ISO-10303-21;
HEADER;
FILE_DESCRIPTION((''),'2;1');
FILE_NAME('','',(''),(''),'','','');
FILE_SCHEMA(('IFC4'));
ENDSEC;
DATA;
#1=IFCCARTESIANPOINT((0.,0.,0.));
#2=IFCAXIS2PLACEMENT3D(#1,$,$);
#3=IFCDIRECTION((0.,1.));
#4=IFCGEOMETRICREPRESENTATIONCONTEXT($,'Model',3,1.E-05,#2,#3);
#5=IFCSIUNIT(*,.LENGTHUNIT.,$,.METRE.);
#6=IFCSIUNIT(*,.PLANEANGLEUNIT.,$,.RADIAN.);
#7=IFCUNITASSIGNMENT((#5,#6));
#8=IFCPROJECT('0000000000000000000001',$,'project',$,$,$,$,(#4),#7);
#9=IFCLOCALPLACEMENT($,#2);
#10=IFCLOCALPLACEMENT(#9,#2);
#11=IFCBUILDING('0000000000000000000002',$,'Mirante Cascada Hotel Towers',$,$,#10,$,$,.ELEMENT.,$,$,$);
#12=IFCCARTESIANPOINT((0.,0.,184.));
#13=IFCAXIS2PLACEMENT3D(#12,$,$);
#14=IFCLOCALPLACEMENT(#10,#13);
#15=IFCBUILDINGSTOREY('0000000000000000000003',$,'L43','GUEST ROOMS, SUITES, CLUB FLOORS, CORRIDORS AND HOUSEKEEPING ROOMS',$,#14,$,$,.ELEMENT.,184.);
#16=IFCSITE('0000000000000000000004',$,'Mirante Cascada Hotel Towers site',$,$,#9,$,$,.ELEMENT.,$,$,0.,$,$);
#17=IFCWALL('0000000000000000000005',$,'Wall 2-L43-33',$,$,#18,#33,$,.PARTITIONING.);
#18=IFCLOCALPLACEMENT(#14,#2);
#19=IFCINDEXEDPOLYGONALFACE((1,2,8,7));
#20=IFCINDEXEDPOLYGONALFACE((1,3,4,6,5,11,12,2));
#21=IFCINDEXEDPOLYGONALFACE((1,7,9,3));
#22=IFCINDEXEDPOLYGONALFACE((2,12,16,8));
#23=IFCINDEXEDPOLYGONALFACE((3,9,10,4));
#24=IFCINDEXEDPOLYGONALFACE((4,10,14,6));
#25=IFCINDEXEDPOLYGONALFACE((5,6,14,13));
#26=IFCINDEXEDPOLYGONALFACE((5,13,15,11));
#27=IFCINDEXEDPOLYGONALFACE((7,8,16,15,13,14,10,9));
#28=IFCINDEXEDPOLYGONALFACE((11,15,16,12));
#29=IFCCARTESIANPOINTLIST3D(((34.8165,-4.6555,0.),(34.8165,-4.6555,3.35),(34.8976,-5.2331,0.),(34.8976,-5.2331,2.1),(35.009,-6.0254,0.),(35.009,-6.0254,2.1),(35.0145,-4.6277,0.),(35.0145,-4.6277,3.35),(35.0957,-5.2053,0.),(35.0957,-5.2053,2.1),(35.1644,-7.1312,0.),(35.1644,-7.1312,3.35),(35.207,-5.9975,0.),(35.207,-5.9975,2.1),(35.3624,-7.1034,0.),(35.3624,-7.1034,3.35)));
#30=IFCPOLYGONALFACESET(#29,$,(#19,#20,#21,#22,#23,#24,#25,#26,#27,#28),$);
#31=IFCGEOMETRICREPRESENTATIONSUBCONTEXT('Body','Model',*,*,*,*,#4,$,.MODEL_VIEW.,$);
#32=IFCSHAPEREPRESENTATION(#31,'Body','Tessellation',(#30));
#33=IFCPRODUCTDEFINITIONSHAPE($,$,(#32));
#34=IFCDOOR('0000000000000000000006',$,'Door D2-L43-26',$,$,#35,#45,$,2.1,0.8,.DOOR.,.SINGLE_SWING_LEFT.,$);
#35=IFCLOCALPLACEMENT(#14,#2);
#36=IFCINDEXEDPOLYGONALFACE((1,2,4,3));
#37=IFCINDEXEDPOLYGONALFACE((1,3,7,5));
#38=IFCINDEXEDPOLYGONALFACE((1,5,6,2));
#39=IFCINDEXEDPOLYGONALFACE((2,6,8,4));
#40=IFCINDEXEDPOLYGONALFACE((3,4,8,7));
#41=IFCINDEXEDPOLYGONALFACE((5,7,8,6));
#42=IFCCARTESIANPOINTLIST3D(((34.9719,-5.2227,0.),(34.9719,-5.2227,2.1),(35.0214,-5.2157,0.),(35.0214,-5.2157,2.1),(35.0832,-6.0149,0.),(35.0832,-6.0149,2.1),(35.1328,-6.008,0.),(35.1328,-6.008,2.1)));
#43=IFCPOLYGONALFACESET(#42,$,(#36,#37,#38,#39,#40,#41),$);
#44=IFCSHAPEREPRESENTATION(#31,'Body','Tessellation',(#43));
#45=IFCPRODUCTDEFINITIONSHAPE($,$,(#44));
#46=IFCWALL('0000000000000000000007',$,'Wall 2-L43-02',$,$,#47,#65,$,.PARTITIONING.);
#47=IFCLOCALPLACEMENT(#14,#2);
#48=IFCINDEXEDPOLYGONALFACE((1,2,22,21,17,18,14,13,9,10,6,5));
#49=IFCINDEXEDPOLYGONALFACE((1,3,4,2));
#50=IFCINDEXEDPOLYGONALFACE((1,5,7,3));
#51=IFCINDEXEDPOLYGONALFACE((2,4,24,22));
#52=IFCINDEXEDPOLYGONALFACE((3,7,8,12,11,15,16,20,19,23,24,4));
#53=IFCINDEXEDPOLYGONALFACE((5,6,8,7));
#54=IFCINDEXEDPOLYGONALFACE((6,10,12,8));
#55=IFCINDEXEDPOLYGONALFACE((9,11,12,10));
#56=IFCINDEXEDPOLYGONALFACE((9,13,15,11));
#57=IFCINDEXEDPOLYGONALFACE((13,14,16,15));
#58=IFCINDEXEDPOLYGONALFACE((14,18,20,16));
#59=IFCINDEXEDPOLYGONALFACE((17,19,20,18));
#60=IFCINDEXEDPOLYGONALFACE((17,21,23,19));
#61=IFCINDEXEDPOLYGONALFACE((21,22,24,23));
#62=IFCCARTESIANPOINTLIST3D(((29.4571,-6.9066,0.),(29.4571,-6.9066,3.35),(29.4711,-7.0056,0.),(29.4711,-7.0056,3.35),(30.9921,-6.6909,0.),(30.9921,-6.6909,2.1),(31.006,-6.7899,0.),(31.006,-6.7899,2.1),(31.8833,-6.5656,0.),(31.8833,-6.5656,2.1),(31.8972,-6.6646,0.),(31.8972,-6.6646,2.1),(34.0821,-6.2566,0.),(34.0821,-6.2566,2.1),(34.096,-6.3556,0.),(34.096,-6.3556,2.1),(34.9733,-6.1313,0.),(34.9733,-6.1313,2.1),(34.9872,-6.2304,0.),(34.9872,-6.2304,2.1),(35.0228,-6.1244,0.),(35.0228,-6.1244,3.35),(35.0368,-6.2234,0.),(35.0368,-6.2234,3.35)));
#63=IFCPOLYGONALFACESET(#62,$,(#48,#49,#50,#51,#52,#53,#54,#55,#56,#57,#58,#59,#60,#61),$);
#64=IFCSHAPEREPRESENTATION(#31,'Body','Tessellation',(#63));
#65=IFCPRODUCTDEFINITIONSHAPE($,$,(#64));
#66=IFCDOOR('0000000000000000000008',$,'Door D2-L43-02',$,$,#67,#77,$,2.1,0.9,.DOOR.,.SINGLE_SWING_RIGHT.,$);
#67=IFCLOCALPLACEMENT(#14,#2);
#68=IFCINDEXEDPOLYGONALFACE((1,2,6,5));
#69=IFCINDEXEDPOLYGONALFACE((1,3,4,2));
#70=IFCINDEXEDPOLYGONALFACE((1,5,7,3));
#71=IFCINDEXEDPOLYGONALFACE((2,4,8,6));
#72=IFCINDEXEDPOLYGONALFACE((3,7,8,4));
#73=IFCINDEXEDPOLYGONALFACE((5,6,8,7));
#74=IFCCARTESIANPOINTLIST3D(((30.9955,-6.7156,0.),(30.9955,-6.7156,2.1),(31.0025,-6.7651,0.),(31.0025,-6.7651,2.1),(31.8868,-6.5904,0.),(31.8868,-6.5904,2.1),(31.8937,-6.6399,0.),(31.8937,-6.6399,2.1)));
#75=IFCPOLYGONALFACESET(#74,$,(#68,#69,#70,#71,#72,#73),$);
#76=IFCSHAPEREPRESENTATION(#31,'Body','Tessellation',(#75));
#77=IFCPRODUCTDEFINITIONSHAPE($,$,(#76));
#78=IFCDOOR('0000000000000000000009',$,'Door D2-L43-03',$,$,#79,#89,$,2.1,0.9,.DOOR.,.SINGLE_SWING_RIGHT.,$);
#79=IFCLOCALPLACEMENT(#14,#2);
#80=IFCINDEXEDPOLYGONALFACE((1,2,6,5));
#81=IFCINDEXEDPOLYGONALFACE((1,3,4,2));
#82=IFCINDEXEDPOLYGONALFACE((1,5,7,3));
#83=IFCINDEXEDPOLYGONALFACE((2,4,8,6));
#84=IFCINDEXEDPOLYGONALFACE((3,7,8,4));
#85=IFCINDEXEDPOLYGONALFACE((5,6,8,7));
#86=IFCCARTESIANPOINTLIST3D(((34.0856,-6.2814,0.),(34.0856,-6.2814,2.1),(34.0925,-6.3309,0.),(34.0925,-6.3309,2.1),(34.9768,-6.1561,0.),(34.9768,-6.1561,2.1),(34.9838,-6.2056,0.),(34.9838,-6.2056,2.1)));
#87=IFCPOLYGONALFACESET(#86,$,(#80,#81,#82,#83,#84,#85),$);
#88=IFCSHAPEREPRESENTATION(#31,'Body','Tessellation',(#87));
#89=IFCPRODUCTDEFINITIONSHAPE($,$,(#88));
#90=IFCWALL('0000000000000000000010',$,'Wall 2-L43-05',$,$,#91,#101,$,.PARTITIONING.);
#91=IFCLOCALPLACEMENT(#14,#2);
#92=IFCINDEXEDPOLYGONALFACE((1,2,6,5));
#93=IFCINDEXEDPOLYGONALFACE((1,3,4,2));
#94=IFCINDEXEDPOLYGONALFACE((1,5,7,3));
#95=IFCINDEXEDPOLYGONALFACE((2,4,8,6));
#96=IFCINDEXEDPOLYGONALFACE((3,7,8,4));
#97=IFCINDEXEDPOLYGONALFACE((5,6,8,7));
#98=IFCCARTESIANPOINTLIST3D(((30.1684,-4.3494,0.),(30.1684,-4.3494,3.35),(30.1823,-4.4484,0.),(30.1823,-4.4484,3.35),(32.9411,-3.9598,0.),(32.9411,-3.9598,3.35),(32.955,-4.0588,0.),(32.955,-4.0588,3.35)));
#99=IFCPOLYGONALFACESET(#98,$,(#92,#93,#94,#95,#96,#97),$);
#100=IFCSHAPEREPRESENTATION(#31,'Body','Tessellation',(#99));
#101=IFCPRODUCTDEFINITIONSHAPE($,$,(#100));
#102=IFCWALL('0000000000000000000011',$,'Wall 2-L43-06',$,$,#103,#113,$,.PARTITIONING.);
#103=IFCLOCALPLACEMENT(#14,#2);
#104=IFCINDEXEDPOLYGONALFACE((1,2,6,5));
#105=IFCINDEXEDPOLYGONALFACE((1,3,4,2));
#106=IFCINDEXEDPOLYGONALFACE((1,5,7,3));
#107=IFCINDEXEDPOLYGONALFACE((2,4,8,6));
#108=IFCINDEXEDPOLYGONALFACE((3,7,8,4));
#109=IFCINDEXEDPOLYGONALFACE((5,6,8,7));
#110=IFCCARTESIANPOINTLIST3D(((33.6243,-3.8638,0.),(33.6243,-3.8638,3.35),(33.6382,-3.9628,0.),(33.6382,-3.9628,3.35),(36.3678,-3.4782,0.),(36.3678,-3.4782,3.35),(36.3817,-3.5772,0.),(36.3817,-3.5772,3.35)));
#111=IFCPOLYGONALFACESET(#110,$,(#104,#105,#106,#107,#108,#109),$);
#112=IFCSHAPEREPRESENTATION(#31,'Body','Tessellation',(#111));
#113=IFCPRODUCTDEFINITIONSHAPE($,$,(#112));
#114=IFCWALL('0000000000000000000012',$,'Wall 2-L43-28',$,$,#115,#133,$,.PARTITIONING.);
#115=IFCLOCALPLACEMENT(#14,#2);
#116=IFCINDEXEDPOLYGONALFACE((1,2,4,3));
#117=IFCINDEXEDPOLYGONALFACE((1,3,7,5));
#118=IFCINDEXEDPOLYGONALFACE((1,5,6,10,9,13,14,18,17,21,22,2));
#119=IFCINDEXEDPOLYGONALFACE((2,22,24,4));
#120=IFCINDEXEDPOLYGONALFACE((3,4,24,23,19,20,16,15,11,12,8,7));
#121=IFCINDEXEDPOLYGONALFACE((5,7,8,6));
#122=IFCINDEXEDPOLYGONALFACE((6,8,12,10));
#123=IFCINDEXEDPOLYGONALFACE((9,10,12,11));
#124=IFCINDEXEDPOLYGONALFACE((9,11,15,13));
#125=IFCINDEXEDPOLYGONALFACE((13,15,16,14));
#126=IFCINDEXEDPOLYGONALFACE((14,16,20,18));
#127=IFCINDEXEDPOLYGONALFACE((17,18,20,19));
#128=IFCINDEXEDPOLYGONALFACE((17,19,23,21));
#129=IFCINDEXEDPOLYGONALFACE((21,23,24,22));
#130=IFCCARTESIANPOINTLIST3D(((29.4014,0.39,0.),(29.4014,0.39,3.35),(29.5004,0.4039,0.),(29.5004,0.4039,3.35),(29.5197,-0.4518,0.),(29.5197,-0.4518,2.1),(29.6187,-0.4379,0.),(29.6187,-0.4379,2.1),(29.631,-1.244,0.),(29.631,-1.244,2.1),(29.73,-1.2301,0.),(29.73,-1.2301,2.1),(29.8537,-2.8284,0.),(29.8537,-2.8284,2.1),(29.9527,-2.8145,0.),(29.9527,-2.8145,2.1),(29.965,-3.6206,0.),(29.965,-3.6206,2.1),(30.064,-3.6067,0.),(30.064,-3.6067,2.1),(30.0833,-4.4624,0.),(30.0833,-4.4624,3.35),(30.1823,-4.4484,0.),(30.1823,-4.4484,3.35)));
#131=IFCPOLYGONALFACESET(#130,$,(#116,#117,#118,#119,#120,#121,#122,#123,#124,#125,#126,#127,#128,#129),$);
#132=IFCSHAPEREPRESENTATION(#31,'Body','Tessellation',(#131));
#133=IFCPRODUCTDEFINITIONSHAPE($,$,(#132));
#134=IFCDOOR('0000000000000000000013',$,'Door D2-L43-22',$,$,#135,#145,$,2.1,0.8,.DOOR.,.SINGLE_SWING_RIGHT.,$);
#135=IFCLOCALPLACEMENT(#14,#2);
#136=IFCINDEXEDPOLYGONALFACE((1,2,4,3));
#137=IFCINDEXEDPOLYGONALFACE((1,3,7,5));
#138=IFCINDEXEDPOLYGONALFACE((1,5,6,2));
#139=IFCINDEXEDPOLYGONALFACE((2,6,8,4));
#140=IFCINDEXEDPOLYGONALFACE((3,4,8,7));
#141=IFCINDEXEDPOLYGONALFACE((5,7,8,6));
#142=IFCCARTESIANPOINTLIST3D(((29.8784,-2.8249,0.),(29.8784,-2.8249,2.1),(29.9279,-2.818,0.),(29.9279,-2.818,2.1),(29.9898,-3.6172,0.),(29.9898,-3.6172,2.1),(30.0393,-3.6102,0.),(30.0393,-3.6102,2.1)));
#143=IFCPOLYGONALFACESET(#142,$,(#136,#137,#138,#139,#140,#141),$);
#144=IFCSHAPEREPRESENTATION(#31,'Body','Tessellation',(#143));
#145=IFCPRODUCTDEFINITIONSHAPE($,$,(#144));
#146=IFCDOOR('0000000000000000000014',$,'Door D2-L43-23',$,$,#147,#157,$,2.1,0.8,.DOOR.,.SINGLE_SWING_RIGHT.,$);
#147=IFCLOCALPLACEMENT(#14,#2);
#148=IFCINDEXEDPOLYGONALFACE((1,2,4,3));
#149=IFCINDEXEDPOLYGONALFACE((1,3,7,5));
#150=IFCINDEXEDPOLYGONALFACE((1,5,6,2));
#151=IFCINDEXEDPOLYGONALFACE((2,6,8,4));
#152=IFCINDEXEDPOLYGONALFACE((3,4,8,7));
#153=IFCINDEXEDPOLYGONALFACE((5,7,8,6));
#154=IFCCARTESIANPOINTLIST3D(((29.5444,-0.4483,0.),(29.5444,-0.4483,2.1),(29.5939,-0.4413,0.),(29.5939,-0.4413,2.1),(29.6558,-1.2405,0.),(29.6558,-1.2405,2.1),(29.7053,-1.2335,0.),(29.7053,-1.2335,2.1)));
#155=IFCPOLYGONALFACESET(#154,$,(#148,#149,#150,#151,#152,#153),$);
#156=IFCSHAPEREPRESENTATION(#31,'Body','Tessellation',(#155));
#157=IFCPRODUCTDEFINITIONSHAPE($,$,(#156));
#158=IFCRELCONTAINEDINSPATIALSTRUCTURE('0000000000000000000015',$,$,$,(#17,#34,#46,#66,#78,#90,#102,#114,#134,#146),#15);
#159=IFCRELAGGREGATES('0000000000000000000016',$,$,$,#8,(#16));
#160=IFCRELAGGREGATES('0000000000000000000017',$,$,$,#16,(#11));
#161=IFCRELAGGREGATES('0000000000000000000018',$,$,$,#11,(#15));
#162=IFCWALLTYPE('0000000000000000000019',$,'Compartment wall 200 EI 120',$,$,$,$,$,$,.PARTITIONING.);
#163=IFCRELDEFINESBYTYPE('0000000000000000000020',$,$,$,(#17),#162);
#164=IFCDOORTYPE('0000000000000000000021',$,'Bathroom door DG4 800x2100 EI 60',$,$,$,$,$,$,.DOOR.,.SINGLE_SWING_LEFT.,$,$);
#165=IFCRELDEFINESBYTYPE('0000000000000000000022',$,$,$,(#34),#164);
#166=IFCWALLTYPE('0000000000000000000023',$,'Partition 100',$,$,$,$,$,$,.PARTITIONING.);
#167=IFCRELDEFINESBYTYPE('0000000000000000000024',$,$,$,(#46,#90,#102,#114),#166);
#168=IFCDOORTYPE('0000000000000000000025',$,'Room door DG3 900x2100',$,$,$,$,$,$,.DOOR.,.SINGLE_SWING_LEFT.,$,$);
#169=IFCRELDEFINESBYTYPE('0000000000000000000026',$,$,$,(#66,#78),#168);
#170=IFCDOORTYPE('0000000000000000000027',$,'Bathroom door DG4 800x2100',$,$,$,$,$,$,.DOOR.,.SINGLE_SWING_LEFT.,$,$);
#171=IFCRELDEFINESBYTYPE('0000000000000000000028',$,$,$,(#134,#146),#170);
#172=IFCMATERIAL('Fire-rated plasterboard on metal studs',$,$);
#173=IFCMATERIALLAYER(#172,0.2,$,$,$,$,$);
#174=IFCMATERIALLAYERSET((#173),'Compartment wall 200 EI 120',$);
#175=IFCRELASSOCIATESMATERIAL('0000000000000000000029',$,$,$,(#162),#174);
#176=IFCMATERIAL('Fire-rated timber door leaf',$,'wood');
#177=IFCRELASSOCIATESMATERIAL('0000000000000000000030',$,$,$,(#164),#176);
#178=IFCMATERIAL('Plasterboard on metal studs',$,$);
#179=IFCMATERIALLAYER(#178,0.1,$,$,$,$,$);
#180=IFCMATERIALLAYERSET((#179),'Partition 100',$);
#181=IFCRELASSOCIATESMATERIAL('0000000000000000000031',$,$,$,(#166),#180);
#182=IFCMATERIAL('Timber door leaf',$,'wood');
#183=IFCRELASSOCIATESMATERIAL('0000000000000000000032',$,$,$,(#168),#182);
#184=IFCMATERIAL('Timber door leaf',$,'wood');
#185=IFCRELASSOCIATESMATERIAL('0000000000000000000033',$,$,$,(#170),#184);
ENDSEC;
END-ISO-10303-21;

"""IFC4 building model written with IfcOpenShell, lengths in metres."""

from ifc_helpers import new_model, si_unit, direction, frame, frame_2d, origin, place, context, subcontext, project, spatial, rectangle, extrude, material, layer, layer_set, type_object, element, fill, save


model = new_model("IFC4")

# Units and contexts
model_context = context("Model", 3, precision=1e-05, world=origin(), true_north=direction((0.0, 1.0)))
body_context = subcontext(model_context, "Body", "Model", "MODEL_VIEW")
ifc_project = project(units=[si_unit("LENGTHUNIT", "METRE"), si_unit("PLANEANGLEUNIT", "RADIAN")], contexts=[model_context])

# Site, building, storey
site_placement = place(None, origin())
site = spatial("IfcSite", under=ifc_project, at=site_placement, Name="Mirante Cascada Hotel Towers site", CompositionType="ELEMENT", RefElevation=0.0)
building_placement = place(site_placement, origin())
building = spatial("IfcBuilding", under=site, at=building_placement, Name="Mirante Cascada Hotel Towers", CompositionType="ELEMENT")
storey_placement = place(building_placement, frame((0.0, 0.0, 184.0)))
storey = spatial("IfcBuildingStorey", under=building, at=storey_placement, Name="L43", Description="GUEST ROOMS, SUITES, CLUB FLOORS, CORRIDORS AND HOUSEKEEPING ROOMS", CompositionType="ELEMENT", Elevation=184.0)

# Wall, opening, door
ifc_material_1 = material(Name="Fire-rated plasterboard on metal studs")
ifc_layer_1 = layer(ifc_material_1, 0.2)
ifc_layer_set_1 = layer_set([ifc_layer_1], Name="Compartment wall 200 EI 120")
wall_type_1 = type_object("IfcWallType", Name="Compartment wall 200 EI 120", PredefinedType="PARTITIONING", material=ifc_layer_set_1)
wall_1_placement = place(storey_placement, frame((34.9155, -4.6416, 0.0), z_axis=(0.0, 0.0, 1.0), x_axis=(0.139159, -0.99027, 0.0)))
wall_1 = element("IfcWall", 1, at=wall_1_placement, inside=storey, type_object=wall_type_1, Name="Wall 2-L43-33", PredefinedType="PARTITIONING", context=body_context, shape_type="SweptSolid", body=[
    extrude(rectangle(XDim=2.5, YDim=0.2, at=frame_2d((1.25, 0.0))), origin(), (0.0, 0.0, 1.0), 3.35),
])
opening_1_placement = place(wall_1_placement, frame((0.5833, 0.0, 0.0)))
opening_1 = element("IfcOpeningElement", 2, at=opening_1_placement, cuts=wall_1, PredefinedType="OPENING", context=body_context, shape_type="SweptSolid", body=[
    extrude(rectangle(XDim=0.8, YDim=2.1, at=frame_2d((0.4, 1.05))), frame((0.0, 0.1, 0.0), z_axis=(0.0, -1.0, 0.0), x_axis=(1.0, 0.0, 0.0)), (0.0, 0.0, 1.0), 0.2),
])
ifc_material_2 = material(Name="Fire-rated timber door leaf", Category="wood")
door_type_1 = type_object("IfcDoorType", Name="Bathroom door DG4 800x2100 EI 60", OperationType="SINGLE_SWING_LEFT", PredefinedType="DOOR", material=ifc_material_2)
door_1_placement = place(opening_1_placement, origin())
door_1 = element("IfcDoor", 3, at=door_1_placement, inside=storey, type_object=door_type_1, Name="Door D2-L43-26", OperationType="SINGLE_SWING_LEFT", OverallHeight=2.1, OverallWidth=0.8, PredefinedType="DOOR", context=body_context, shape_type="SweptSolid", body=[
    extrude(rectangle(XDim=0.8, YDim=2.1, at=frame_2d((0.4, 1.05))), frame((0.0, 0.025, 0.0), z_axis=(0.0, -1.0, 0.0), x_axis=(1.0, 0.0, 0.0)), (0.0, 0.0, 1.0), 0.05),
])
fill(opening_1, door_1)

# Wall, openings, doors
ifc_material_3 = material(Name="Plasterboard on metal studs")
ifc_layer_2 = layer(ifc_material_3, 0.1)
ifc_layer_set_2 = layer_set([ifc_layer_2], Name="Partition 100")
wall_type_2 = type_object("IfcWallType", Name="Partition 100", PredefinedType="PARTITIONING", material=ifc_layer_set_2)
wall_2_placement = place(storey_placement, frame((29.4641, -6.9561, 0.0), z_axis=(0.0, 0.0, 1.0), x_axis=(0.990268, 0.139172, 0.0)))
wall_2 = element("IfcWall", 4, at=wall_2_placement, inside=storey, type_object=wall_type_2, Name="Wall 2-L43-02", PredefinedType="PARTITIONING", context=body_context, shape_type="SweptSolid", body=[
    extrude(rectangle(XDim=5.6204, YDim=0.1, at=frame_2d((2.8102, 0.0))), origin(), (0.0, 0.0, 1.0), 3.35),
])
opening_2_placement = place(wall_2_placement, frame((1.55, 0.0, 0.0)))
opening_2 = element("IfcOpeningElement", 5, at=opening_2_placement, cuts=wall_2, PredefinedType="OPENING", context=body_context, shape_type="SweptSolid", body=[
    extrude(rectangle(XDim=0.9, YDim=2.1, at=frame_2d((0.45, 1.05))), frame((0.0, 0.05, 0.0), z_axis=(0.0, -1.0, 0.0), x_axis=(1.0, 0.0, 0.0)), (0.0, 0.0, 1.0), 0.1),
])
opening_3_placement = place(wall_2_placement, frame((4.6704, 0.0, 0.0)))
opening_3 = element("IfcOpeningElement", 6, at=opening_3_placement, cuts=wall_2, PredefinedType="OPENING", context=body_context, shape_type="SweptSolid", body=[
    extrude(rectangle(XDim=0.9, YDim=2.1, at=frame_2d((0.45, 1.05))), frame((0.0, 0.05, 0.0), z_axis=(0.0, -1.0, 0.0), x_axis=(1.0, 0.0, 0.0)), (0.0, 0.0, 1.0), 0.1),
])
ifc_material_4 = material(Name="Timber door leaf", Category="wood")
door_type_2 = type_object("IfcDoorType", Name="Room door DG3 900x2100", OperationType="SINGLE_SWING_LEFT", PredefinedType="DOOR", material=ifc_material_4)
door_2_placement = place(opening_2_placement, frame((0.9, 0.0, 0.0), z_axis=(0.0, 0.0, 1.0), x_axis=(-1.0, 0.0, 0.0)))
door_2 = element("IfcDoor", 7, at=door_2_placement, inside=storey, type_object=door_type_2, Name="Door D2-L43-02", OperationType="SINGLE_SWING_RIGHT", OverallHeight=2.1, OverallWidth=0.9, PredefinedType="DOOR", context=body_context, shape_type="SweptSolid", body=[
    extrude(rectangle(XDim=0.9, YDim=2.1, at=frame_2d((0.45, 1.05))), frame((0.0, 0.025, 0.0), z_axis=(0.0, -1.0, 0.0), x_axis=(1.0, 0.0, 0.0)), (0.0, 0.0, 1.0), 0.05),
])
fill(opening_2, door_2)
door_3_placement = place(opening_3_placement, frame((0.9, 0.0, 0.0), z_axis=(0.0, 0.0, 1.0), x_axis=(-1.0, 0.0, 0.0)))
door_3 = element("IfcDoor", 8, at=door_3_placement, inside=storey, type_object=door_type_2, Name="Door D2-L43-03", OperationType="SINGLE_SWING_RIGHT", OverallHeight=2.1, OverallWidth=0.9, PredefinedType="DOOR", context=body_context, shape_type="SweptSolid", body=[
    extrude(rectangle(XDim=0.9, YDim=2.1, at=frame_2d((0.45, 1.05))), frame((0.0, 0.025, 0.0), z_axis=(0.0, -1.0, 0.0), x_axis=(1.0, 0.0, 0.0)), (0.0, 0.0, 1.0), 0.05),
])
fill(opening_3, door_3)

# Walls
wall_3_placement = place(storey_placement, frame((32.9481, -4.0093, 0.0), z_axis=(0.0, 0.0, 1.0), x_axis=(-0.990272, -0.139146, 0.0)))
element("IfcWall", 9, at=wall_3_placement, inside=storey, type_object=wall_type_2, Name="Wall 2-L43-05", PredefinedType="PARTITIONING", context=body_context, shape_type="SweptSolid", body=[
    extrude(rectangle(XDim=2.7999, YDim=0.1, at=frame_2d((1.4, 0.0))), origin(), (0.0, 0.0, 1.0), 3.35),
])
wall_4_placement = place(storey_placement, frame((33.6312, -3.9133, 0.0), z_axis=(0.0, 0.0, 1.0), x_axis=(0.990267, 0.139182, 0.0)))
element("IfcWall", 10, at=wall_4_placement, inside=storey, type_object=wall_type_2, Name="Wall 2-L43-06", PredefinedType="PARTITIONING", context=body_context, shape_type="SweptSolid", body=[
    extrude(rectangle(XDim=2.7705, YDim=0.1, at=frame_2d((1.3853, 0.0))), origin(), (0.0, 0.0, 1.0), 3.35),
])

# Wall, openings, doors
wall_5_placement = place(storey_placement, frame((30.1328, -4.4554, 0.0), z_axis=(0.0, 0.0, 1.0), x_axis=(-0.139164, 0.990269, 0.0)))
wall_5 = element("IfcWall", 11, at=wall_5_placement, inside=storey, type_object=wall_type_2, Name="Wall 2-L43-28", PredefinedType="PARTITIONING", context=body_context, shape_type="SweptSolid", body=[
    extrude(rectangle(XDim=4.9, YDim=0.1, at=frame_2d((2.45, 0.0))), origin(), (0.0, 0.0, 1.0), 3.35),
])
opening_4_placement = place(wall_5_placement, frame((0.85, 0.0, 0.0)))
opening_4 = element("IfcOpeningElement", 12, at=opening_4_placement, cuts=wall_5, PredefinedType="OPENING", context=body_context, shape_type="SweptSolid", body=[
    extrude(rectangle(XDim=0.8, YDim=2.1, at=frame_2d((0.4, 1.05))), frame((0.0, 0.05, 0.0), z_axis=(0.0, -1.0, 0.0), x_axis=(1.0, 0.0, 0.0)), (0.0, 0.0, 1.0), 0.1),
])
opening_5_placement = place(wall_5_placement, frame((3.25, 0.0, 0.0)))
opening_5 = element("IfcOpeningElement", 13, at=opening_5_placement, cuts=wall_5, PredefinedType="OPENING", context=body_context, shape_type="SweptSolid", body=[
    extrude(rectangle(XDim=0.8, YDim=2.1, at=frame_2d((0.4, 1.05))), frame((0.0, 0.05, 0.0), z_axis=(0.0, -1.0, 0.0), x_axis=(1.0, 0.0, 0.0)), (0.0, 0.0, 1.0), 0.1),
])
ifc_material_5 = material(Name="Timber door leaf", Category="wood")
door_type_3 = type_object("IfcDoorType", Name="Bathroom door DG4 800x2100", OperationType="SINGLE_SWING_LEFT", PredefinedType="DOOR", material=ifc_material_5)
door_4_placement = place(opening_4_placement, frame((0.8, 0.0, 0.0), z_axis=(0.0, 0.0, 1.0), x_axis=(-1.0, 0.0, 0.0)))
door_4 = element("IfcDoor", 14, at=door_4_placement, inside=storey, type_object=door_type_3, Name="Door D2-L43-22", OperationType="SINGLE_SWING_RIGHT", OverallHeight=2.1, OverallWidth=0.8, PredefinedType="DOOR", context=body_context, shape_type="SweptSolid", body=[
    extrude(rectangle(XDim=0.8, YDim=2.1, at=frame_2d((0.4, 1.05))), frame((0.0, 0.025, 0.0), z_axis=(0.0, -1.0, 0.0), x_axis=(1.0, 0.0, 0.0)), (0.0, 0.0, 1.0), 0.05),
])
fill(opening_4, door_4)
door_5_placement = place(opening_5_placement, frame((0.8, 0.0, 0.0), z_axis=(0.0, 0.0, 1.0), x_axis=(-1.0, 0.0, 0.0)))
door_5 = element("IfcDoor", 15, at=door_5_placement, inside=storey, type_object=door_type_3, Name="Door D2-L43-23", OperationType="SINGLE_SWING_RIGHT", OverallHeight=2.1, OverallWidth=0.8, PredefinedType="DOOR", context=body_context, shape_type="SweptSolid", body=[
    extrude(rectangle(XDim=0.8, YDim=2.1, at=frame_2d((0.4, 1.05))), frame((0.0, 0.025, 0.0), z_axis=(0.0, -1.0, 0.0), x_axis=(1.0, 0.0, 0.0)), (0.0, 0.0, 1.0), 0.05),
])
fill(opening_5, door_5)

save(model, "model.ifc")
